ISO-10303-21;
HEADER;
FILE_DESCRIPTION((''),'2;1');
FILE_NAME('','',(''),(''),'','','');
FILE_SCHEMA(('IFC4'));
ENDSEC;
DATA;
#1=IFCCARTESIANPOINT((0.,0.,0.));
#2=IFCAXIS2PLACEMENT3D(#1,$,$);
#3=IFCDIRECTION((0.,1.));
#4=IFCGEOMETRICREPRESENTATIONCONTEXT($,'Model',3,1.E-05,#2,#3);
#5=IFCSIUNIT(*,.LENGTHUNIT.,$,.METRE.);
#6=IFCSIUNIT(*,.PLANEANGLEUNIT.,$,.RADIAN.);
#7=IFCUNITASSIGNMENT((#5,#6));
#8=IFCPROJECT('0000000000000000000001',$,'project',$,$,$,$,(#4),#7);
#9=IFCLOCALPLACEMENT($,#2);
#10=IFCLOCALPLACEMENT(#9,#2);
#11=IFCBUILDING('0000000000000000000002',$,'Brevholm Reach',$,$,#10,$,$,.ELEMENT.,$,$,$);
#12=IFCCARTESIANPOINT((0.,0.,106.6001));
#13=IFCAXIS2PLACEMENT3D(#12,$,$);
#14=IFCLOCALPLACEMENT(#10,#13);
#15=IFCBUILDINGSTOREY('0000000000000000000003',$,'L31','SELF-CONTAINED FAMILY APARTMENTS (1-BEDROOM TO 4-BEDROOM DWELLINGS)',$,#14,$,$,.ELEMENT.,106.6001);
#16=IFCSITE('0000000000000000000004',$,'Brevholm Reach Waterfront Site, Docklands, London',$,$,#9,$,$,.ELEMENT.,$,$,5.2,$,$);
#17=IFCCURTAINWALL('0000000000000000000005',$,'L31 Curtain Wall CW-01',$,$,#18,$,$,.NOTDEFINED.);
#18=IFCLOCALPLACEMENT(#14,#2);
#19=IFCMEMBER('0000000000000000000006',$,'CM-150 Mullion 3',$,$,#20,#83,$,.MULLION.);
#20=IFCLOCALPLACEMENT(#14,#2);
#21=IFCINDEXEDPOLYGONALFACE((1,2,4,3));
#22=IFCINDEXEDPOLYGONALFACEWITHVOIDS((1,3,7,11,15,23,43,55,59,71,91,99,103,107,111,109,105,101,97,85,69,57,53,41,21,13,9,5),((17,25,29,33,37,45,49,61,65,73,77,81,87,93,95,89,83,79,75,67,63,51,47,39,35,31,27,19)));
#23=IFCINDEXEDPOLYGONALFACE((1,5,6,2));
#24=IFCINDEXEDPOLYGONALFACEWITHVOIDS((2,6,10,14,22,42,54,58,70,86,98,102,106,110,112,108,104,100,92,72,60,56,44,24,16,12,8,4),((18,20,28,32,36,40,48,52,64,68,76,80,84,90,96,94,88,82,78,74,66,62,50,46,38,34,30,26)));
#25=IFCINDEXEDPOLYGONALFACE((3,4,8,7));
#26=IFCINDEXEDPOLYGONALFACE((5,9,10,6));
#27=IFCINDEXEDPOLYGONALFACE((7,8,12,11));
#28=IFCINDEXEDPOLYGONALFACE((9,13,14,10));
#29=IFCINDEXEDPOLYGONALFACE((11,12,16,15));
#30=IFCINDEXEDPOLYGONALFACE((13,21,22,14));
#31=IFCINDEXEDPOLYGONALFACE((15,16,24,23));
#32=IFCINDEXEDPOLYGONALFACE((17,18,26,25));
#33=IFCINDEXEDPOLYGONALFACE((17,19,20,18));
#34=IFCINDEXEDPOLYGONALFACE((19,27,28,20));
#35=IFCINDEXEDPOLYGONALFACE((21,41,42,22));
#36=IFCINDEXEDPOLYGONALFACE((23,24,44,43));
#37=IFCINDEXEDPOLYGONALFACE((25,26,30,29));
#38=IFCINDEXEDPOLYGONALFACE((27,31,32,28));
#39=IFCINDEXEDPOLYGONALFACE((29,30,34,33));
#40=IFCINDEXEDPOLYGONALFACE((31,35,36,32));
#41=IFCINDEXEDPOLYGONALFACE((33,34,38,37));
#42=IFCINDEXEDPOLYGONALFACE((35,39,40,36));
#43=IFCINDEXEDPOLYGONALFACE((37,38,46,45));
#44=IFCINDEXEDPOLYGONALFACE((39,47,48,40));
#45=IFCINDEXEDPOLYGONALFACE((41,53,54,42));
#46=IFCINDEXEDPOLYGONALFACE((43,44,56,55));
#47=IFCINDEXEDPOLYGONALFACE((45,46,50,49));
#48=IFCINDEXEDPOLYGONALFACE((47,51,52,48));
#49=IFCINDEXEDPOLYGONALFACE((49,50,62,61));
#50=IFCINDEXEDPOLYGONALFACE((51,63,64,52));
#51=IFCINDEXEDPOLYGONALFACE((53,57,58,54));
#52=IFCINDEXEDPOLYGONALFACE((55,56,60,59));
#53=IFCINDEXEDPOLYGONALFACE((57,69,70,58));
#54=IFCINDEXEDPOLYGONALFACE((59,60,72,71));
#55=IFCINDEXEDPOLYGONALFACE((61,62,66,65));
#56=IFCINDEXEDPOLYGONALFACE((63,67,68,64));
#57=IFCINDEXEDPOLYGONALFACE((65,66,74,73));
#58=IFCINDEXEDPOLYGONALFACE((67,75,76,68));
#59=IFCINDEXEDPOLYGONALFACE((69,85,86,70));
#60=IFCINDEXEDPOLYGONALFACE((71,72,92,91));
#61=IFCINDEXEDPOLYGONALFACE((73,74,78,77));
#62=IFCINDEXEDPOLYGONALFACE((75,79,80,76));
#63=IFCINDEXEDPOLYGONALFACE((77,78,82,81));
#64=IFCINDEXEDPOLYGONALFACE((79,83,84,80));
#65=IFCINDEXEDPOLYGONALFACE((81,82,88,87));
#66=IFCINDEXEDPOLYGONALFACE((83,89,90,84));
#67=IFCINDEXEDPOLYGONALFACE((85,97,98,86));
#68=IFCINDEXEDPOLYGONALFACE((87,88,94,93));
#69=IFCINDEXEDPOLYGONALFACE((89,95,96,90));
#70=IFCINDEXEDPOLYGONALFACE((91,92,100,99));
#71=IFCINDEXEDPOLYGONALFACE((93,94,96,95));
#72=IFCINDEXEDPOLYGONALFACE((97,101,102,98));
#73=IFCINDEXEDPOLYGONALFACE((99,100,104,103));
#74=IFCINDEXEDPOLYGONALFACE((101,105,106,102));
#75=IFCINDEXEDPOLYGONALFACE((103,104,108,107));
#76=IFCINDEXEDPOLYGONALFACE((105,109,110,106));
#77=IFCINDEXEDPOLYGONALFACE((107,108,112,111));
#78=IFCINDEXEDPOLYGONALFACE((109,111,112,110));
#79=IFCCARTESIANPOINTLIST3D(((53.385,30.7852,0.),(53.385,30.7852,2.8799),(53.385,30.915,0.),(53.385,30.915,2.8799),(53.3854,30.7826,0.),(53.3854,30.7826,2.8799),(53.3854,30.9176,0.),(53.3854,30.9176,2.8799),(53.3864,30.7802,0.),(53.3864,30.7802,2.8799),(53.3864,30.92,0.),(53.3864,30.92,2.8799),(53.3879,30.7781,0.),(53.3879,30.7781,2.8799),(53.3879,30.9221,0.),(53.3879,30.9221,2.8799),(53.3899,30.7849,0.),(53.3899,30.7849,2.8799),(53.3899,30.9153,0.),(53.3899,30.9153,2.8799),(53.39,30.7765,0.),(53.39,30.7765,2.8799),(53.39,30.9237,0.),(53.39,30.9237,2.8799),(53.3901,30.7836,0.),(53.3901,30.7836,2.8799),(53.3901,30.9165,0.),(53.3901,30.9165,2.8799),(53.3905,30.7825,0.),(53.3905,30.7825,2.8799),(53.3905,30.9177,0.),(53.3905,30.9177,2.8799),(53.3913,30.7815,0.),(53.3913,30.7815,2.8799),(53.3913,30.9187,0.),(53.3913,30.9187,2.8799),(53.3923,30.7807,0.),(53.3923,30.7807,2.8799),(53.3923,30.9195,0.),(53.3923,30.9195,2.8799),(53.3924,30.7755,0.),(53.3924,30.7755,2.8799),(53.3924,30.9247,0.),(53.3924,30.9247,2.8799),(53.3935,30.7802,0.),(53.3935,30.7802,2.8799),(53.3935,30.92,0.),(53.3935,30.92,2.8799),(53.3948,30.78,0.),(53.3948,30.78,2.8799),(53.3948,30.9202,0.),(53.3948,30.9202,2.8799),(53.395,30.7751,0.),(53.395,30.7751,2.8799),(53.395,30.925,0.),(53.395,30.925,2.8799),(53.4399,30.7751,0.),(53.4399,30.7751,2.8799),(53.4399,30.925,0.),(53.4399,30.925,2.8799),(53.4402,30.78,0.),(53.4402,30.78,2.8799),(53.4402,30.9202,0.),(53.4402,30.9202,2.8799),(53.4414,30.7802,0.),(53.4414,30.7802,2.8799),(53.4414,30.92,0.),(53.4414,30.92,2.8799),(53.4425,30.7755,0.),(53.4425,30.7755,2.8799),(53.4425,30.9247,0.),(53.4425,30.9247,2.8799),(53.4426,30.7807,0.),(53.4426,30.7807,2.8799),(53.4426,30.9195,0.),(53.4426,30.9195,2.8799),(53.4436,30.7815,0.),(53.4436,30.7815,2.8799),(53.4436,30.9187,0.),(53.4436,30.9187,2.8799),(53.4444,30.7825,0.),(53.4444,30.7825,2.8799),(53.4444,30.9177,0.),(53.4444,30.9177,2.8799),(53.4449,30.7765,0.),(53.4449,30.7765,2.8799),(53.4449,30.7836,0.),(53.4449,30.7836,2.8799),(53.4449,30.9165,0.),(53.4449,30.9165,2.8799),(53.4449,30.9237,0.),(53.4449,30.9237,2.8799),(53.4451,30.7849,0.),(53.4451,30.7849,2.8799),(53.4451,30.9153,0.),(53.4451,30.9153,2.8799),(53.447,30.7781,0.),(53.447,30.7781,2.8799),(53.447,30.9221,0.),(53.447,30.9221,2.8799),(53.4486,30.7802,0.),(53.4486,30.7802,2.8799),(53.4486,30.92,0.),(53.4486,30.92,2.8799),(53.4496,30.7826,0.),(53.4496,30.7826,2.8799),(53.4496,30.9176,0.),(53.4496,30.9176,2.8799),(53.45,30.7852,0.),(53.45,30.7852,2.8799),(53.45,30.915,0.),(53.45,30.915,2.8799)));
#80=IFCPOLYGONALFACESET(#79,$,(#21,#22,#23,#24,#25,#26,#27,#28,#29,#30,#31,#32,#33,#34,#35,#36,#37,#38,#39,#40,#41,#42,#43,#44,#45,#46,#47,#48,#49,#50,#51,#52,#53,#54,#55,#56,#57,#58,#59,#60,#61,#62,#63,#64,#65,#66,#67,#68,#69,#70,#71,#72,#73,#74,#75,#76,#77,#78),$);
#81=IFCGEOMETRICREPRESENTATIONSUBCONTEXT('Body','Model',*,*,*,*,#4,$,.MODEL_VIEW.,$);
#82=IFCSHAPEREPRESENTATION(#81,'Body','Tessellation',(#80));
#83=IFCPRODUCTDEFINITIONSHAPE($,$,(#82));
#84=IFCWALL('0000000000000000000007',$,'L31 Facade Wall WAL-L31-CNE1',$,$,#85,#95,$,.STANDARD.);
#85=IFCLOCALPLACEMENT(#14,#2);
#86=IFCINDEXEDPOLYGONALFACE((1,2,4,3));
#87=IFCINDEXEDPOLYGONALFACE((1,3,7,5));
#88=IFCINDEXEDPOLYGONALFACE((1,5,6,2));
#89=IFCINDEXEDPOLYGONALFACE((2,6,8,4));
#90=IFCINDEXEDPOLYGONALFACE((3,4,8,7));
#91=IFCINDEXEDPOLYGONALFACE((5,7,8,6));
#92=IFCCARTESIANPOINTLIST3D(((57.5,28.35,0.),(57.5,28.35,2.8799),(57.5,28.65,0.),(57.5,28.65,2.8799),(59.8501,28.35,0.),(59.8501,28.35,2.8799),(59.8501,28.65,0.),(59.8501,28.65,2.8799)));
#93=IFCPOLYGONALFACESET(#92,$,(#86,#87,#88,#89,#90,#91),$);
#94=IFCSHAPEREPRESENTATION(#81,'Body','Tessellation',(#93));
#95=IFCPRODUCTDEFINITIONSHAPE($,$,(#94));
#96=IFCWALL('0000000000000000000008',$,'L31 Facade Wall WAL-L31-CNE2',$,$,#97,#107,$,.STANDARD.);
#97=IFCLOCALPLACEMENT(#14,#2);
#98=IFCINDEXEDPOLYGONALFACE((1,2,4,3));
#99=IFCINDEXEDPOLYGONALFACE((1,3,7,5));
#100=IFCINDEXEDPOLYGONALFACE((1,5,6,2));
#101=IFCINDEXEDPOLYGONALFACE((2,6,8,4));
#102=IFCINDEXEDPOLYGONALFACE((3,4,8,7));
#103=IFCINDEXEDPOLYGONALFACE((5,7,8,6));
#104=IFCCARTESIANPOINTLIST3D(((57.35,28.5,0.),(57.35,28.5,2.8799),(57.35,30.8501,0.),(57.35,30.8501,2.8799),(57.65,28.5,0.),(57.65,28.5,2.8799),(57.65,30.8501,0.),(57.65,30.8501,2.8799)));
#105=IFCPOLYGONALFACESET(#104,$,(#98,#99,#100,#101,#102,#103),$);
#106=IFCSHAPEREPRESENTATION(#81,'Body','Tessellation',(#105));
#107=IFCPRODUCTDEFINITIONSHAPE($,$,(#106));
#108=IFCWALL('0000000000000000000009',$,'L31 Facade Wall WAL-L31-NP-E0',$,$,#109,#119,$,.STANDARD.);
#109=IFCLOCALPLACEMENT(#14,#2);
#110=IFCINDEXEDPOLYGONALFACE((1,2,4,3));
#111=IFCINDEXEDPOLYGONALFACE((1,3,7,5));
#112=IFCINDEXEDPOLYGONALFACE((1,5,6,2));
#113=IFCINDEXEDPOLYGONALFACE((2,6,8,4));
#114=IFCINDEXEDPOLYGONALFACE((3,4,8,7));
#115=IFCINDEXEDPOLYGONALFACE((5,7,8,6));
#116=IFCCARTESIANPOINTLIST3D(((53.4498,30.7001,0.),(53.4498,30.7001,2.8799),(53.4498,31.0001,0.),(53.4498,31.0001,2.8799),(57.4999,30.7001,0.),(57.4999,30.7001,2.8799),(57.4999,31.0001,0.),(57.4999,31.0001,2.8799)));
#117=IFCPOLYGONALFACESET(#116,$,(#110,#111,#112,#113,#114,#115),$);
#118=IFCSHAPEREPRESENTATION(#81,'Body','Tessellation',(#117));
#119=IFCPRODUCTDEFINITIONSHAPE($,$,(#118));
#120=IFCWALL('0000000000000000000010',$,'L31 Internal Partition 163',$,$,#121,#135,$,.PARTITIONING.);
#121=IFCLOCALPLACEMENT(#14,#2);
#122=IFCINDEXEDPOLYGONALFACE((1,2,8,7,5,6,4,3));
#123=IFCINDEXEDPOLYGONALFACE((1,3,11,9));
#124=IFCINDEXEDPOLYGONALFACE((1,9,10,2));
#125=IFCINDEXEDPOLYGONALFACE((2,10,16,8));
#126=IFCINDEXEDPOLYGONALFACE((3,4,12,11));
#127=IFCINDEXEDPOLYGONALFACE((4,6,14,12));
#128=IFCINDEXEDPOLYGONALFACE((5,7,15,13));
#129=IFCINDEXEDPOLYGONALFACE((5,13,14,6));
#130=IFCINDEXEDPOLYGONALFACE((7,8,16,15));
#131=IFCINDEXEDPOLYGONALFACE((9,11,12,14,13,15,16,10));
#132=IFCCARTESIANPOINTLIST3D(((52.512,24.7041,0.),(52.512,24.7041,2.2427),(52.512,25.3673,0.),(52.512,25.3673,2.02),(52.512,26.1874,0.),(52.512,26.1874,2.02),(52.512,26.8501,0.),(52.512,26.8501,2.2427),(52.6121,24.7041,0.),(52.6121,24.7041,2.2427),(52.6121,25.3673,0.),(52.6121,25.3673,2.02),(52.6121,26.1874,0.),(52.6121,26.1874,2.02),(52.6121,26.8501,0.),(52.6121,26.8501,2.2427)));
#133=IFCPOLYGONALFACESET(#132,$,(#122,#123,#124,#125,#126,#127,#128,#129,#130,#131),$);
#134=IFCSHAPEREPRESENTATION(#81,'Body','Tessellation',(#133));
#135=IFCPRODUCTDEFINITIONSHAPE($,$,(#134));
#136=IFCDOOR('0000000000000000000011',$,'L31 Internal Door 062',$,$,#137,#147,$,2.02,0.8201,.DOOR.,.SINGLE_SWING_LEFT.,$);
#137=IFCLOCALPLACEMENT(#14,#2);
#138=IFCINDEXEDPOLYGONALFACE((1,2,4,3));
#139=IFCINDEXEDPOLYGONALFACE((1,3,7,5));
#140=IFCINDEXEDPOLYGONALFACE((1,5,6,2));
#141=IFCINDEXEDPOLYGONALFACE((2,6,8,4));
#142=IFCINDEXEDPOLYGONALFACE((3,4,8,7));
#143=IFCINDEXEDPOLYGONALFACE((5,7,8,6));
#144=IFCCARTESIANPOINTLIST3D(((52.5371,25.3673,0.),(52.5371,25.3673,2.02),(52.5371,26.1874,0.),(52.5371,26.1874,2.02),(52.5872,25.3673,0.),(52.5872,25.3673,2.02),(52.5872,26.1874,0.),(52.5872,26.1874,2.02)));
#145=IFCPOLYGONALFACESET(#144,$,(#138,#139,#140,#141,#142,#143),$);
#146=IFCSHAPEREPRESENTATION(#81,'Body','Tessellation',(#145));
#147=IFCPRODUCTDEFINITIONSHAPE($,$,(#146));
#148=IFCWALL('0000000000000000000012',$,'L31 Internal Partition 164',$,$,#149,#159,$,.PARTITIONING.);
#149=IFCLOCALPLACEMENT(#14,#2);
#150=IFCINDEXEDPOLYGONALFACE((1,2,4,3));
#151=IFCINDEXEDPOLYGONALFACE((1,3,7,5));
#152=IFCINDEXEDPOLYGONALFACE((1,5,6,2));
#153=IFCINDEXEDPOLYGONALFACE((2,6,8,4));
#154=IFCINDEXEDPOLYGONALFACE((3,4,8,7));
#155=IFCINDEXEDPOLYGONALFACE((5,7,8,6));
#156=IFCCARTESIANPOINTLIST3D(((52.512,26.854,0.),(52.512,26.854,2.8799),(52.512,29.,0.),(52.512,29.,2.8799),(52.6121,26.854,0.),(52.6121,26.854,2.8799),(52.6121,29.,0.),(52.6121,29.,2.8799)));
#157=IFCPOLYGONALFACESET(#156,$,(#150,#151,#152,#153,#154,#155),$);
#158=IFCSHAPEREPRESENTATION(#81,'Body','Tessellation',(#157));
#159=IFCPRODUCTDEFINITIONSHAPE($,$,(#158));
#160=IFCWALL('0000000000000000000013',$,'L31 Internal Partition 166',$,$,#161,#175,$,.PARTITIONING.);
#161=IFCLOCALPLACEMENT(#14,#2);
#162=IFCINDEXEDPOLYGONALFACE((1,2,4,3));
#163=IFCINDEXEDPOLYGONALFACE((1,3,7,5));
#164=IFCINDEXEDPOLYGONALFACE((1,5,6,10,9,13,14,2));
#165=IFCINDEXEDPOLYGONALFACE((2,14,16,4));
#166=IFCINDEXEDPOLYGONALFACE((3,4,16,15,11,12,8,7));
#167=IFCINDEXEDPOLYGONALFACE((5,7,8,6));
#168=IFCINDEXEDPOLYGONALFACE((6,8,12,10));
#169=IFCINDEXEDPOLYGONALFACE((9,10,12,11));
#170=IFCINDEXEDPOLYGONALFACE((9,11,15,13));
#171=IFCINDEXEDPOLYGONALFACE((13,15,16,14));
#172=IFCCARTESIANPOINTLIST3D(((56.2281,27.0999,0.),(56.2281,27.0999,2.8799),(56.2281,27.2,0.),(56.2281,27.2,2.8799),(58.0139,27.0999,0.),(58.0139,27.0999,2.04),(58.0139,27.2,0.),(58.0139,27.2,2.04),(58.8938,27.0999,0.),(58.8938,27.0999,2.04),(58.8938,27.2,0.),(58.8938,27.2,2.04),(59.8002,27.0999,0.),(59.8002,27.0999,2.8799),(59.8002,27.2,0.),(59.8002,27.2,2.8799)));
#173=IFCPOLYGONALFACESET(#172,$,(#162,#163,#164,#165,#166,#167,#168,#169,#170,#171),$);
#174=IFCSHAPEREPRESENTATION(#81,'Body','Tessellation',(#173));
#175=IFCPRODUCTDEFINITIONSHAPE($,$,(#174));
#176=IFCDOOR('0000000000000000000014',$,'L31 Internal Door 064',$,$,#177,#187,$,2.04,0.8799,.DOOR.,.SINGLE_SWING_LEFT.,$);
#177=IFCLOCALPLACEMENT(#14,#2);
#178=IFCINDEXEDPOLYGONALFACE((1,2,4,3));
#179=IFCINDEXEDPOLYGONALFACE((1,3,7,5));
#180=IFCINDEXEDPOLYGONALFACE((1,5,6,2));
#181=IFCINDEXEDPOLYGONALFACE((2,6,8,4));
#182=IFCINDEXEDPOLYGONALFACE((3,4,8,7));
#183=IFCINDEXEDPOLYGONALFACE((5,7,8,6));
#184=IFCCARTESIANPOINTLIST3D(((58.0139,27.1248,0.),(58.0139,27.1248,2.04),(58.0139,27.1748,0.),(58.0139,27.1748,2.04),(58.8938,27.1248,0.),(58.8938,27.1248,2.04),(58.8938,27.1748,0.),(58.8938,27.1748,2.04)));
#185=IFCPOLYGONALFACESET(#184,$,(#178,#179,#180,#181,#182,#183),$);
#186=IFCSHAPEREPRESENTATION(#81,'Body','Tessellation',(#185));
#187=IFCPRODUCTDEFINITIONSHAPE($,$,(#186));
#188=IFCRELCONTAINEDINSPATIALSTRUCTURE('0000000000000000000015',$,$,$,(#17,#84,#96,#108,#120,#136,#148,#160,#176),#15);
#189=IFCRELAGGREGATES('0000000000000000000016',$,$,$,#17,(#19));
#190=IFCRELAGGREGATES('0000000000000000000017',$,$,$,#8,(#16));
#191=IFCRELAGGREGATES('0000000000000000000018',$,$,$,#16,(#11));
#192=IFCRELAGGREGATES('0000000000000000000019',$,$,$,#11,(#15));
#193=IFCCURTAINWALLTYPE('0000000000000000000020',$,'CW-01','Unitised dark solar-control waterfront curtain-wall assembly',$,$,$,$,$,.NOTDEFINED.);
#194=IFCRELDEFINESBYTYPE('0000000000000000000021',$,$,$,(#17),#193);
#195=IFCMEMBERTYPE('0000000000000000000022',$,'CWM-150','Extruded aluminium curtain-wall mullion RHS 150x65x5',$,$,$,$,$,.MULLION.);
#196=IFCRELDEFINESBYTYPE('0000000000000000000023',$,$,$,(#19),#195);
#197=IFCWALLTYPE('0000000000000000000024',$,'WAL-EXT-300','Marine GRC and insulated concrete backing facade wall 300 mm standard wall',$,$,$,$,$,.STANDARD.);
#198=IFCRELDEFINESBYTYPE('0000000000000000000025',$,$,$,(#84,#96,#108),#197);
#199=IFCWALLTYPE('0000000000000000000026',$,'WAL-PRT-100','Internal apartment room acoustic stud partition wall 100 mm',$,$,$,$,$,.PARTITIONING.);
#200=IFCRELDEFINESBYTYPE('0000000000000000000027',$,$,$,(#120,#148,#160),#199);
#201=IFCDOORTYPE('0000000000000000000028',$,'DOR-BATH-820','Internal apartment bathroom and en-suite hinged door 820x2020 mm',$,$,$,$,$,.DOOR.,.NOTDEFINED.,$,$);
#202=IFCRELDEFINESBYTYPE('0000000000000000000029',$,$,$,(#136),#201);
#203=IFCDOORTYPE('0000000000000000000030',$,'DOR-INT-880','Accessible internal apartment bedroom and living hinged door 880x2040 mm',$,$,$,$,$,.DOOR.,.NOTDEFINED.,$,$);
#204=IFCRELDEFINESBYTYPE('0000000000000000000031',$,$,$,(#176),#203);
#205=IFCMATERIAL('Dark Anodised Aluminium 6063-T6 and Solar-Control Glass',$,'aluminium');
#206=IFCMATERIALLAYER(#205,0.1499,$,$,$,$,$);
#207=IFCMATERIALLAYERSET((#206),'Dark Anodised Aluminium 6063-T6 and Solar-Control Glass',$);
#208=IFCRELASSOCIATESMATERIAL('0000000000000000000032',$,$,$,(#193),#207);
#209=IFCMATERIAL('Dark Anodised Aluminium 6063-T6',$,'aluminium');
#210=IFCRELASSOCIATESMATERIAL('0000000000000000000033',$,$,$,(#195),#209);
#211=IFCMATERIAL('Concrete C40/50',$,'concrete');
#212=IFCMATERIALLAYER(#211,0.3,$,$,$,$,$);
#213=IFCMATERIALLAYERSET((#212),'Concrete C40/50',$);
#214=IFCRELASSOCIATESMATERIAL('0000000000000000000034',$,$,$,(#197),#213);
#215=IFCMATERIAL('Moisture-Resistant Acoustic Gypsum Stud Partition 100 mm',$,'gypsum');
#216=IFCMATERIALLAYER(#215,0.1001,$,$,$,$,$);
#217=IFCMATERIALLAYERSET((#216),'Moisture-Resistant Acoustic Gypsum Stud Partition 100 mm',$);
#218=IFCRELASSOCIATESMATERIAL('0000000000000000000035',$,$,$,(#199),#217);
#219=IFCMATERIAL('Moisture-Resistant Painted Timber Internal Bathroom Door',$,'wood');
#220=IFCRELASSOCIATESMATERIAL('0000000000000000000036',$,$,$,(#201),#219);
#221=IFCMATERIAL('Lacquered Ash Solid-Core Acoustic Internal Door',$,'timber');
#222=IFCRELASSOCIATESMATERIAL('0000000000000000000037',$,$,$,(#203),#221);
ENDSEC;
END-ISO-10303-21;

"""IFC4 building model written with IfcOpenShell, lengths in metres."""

from ifc_helpers import new_model, si_unit, direction, frame, frame_2d, origin, origin_2d, place, context, subcontext, project, spatial, rectangle, hollow_rectangle, extrude, material, layer, layer_set, material_profile, profile_set, type_object, element, fill, aggregate, save


model = new_model("IFC4")

# Units and contexts
model_context = context("Model", 3, precision=1e-05, world=origin(), true_north=direction((0.0, 1.0)))
body_context = subcontext(model_context, "Body", "Model", "MODEL_VIEW")
ifc_project = project(units=[si_unit("LENGTHUNIT", "METRE"), si_unit("PLANEANGLEUNIT", "RADIAN")], contexts=[model_context])

# Site, building, storey
site_placement = place(None, origin())
site = spatial("IfcSite", under=ifc_project, at=site_placement, Name="Brevholm Reach Waterfront Site, Docklands, London", CompositionType="ELEMENT", RefElevation=5.2)
building_placement = place(site_placement, origin())
building = spatial("IfcBuilding", under=site, at=building_placement, Name="Brevholm Reach", CompositionType="ELEMENT")
storey_placement = place(building_placement, frame((0.0, 0.0, 106.6001)))
storey = spatial("IfcBuildingStorey", under=building, at=storey_placement, Name="L31", Description="SELF-CONTAINED FAMILY APARTMENTS (1-BEDROOM TO 4-BEDROOM DWELLINGS)", CompositionType="ELEMENT", Elevation=106.6001)

# Curtain wall, member
ifc_material_1 = material(Name="Dark Anodised Aluminium 6063-T6 and Solar-Control Glass", Category="aluminium")
ifc_layer_1 = layer(ifc_material_1, 0.1499)
ifc_layer_set_1 = layer_set([ifc_layer_1], Name="Dark Anodised Aluminium 6063-T6 and Solar-Control Glass")
curtain_wall_type = type_object("IfcCurtainWallType", Name="CW-01", Description="Unitised dark solar-control waterfront curtain-wall assembly", PredefinedType="NOTDEFINED", material=ifc_layer_set_1)
curtain_wall_placement = place(storey_placement, origin())
curtain_wall = element("IfcCurtainWall", 1, at=curtain_wall_placement, inside=storey, type_object=curtain_wall_type, Name="L31 Curtain Wall CW-01", PredefinedType="NOTDEFINED")
ifc_material_2 = material(Name="Dark Anodised Aluminium 6063-T6", Category="aluminium")
ifc_material_profile_1 = material_profile(ifc_material_2, hollow_rectangle(XDim=0.0649, YDim=0.1499, WallThickness=0.0049, InnerFilletRadius=0.0049, OuterFilletRadius=0.01, at=origin_2d()), Name="RHS 150x65x5")
ifc_profile_set_1 = profile_set([ifc_material_profile_1], Name="Dark Anodised Aluminium 6063-T6")
member_type = type_object("IfcMemberType", Name="CWM-150", Description="Extruded aluminium curtain-wall mullion RHS 150x65x5", PredefinedType="MULLION", material=ifc_profile_set_1)
member_placement = place(storey_placement, frame((53.4175, 30.8501, 0.0), z_axis=(0.0, 0.0, 1.0), x_axis=(1.0, 0.0, 0.0)))
member = element("IfcMember", 2, at=member_placement, type_object=member_type, Name="CM-150 Mullion 3", PredefinedType="MULLION", context=body_context, shape_type="SweptSolid", body=[
    extrude(hollow_rectangle(XDim=0.0649, YDim=0.1499, WallThickness=0.0049, InnerFilletRadius=0.0049, OuterFilletRadius=0.01, at=origin_2d()), origin(), (0.0, 0.0, 1.0), 2.8799),
])
aggregate(curtain_wall, [member])

# Walls
ifc_material_3 = material(Name="Concrete C40/50", Category="concrete")
ifc_layer_2 = layer(ifc_material_3, 0.3)
ifc_layer_set_2 = layer_set([ifc_layer_2], Name="Concrete C40/50")
wall_type_1 = type_object("IfcWallType", Name="WAL-EXT-300", Description="Marine GRC and insulated concrete backing facade wall 300 mm standard wall", PredefinedType="STANDARD", material=ifc_layer_set_2)
for number, where, z_axis, x_axis, name in (
    (3, (59.8501, 28.5, 0.0), (0.0, 0.0, 1.0), (-1.0, 0.0, 0.0), "L31 Facade Wall WAL-L31-CNE1"),
    (4, (57.5, 28.5, 0.0), (0.0, 0.0, 1.0), (0.0, 1.0, 0.0), "L31 Facade Wall WAL-L31-CNE2"),
):
    element("IfcWall", number, at=place(storey_placement, frame(where, z_axis=z_axis, x_axis=x_axis)), inside=storey, type_object=wall_type_1, Name=name, PredefinedType="STANDARD", context=body_context, shape_type="SweptSolid", body=[
        extrude(rectangle(XDim=2.3501, YDim=0.3, at=frame_2d((1.175, 0.0))), origin(), (0.0, 0.0, 1.0), 2.8799),
    ])
wall_1_placement = place(storey_placement, frame((53.45, 30.8501, 0.0), z_axis=(0.0, 0.0, 1.0), x_axis=(1.0, 0.0, 0.0)))
element("IfcWall", 5, at=wall_1_placement, inside=storey, type_object=wall_type_1, Name="L31 Facade Wall WAL-L31-NP-E0", PredefinedType="STANDARD", context=body_context, shape_type="SweptSolid", body=[
    extrude(rectangle(XDim=4.05, YDim=0.3, at=frame_2d((2.0249, 0.0))), origin(), (0.0, 0.0, 1.0), 2.8799),
])

# Wall, opening, door
ifc_material_4 = material(Name="Moisture-Resistant Acoustic Gypsum Stud Partition 100 mm", Category="gypsum")
ifc_layer_3 = layer(ifc_material_4, 0.1001)
ifc_layer_set_3 = layer_set([ifc_layer_3], Name="Moisture-Resistant Acoustic Gypsum Stud Partition 100 mm")
wall_type_2 = type_object("IfcWallType", Name="WAL-PRT-100", Description="Internal apartment room acoustic stud partition wall 100 mm", PredefinedType="PARTITIONING", material=ifc_layer_set_3)
wall_2_placement = place(storey_placement, frame((52.562, 24.7041, 0.0), z_axis=(0.0, 0.0, 1.0), x_axis=(0.0, 1.0, 0.0)))
wall_2 = element("IfcWall", 6, at=wall_2_placement, inside=storey, type_object=wall_type_2, Name="L31 Internal Partition 163", PredefinedType="PARTITIONING", context=body_context, shape_type="SweptSolid", body=[
    extrude(rectangle(XDim=2.146, YDim=0.1001, at=frame_2d((1.073, 0.0))), origin(), (0.0, 0.0, 1.0), 2.2427),
])
opening_1_placement = place(wall_2_placement, frame((0.6631, 0.0, 0.0)))
opening_1 = element("IfcOpeningElement", 7, at=opening_1_placement, cuts=wall_2, PredefinedType="OPENING", context=body_context, shape_type="SweptSolid", body=[
    extrude(rectangle(XDim=0.8201, YDim=2.02, at=frame_2d((0.4102, 1.01))), frame((0.0, 0.0601, 0.0), z_axis=(0.0, -1.0, 0.0), x_axis=(1.0, 0.0, 0.0)), (0.0, 0.0, 1.0), 0.1201),
])
ifc_material_5 = material(Name="Moisture-Resistant Painted Timber Internal Bathroom Door", Category="wood")
door_type_1 = type_object("IfcDoorType", Name="DOR-BATH-820", Description="Internal apartment bathroom and en-suite hinged door 820x2020 mm", OperationType="NOTDEFINED", PredefinedType="DOOR", material=ifc_material_5)
door_1_placement = place(opening_1_placement, origin())
door_1 = element("IfcDoor", 8, at=door_1_placement, inside=storey, type_object=door_type_1, Name="L31 Internal Door 062", OperationType="SINGLE_SWING_LEFT", OverallHeight=2.02, OverallWidth=0.8201, PredefinedType="DOOR", context=body_context, shape_type="SweptSolid", body=[
    extrude(rectangle(XDim=0.8201, YDim=2.02, at=frame_2d((0.4102, 1.01))), frame((0.0, 0.0249, 0.0), z_axis=(0.0, -1.0, 0.0), x_axis=(1.0, 0.0, 0.0)), (0.0, 0.0, 1.0), 0.05),
])
fill(opening_1, door_1)

# Wall
wall_3_placement = place(storey_placement, frame((52.562, 26.854, 0.0), z_axis=(0.0, 0.0, 1.0), x_axis=(0.0, 1.0, 0.0)))
element("IfcWall", 9, at=wall_3_placement, inside=storey, type_object=wall_type_2, Name="L31 Internal Partition 164", PredefinedType="PARTITIONING", context=body_context, shape_type="SweptSolid", body=[
    extrude(rectangle(XDim=2.146, YDim=0.1001, at=frame_2d((1.073, 0.0))), origin(), (0.0, 0.0, 1.0), 2.8799),
])

# Wall, opening, door
wall_4_placement = place(storey_placement, frame((56.228, 27.1499, 0.0), z_axis=(0.0, 0.0, 1.0), x_axis=(1.0, 0.0, 0.0)))
wall_4 = element("IfcWall", 10, at=wall_4_placement, inside=storey, type_object=wall_type_2, Name="L31 Internal Partition 166", PredefinedType="PARTITIONING", context=body_context, shape_type="SweptSolid", body=[
    extrude(rectangle(XDim=3.572, YDim=0.1001, at=frame_2d((1.7861, 0.0))), origin(), (0.0, 0.0, 1.0), 2.8799),
])
opening_2_placement = place(wall_4_placement, frame((1.7859, 0.0, 0.0)))
opening_2 = element("IfcOpeningElement", 11, at=opening_2_placement, cuts=wall_4, PredefinedType="OPENING", context=body_context, shape_type="SweptSolid", body=[
    extrude(rectangle(XDim=0.8799, YDim=2.04, at=frame_2d((0.4399, 1.02))), frame((0.0, 0.0601, 0.0), z_axis=(0.0, -1.0, 0.0), x_axis=(1.0, 0.0, 0.0)), (0.0, 0.0, 1.0), 0.1201),
])
ifc_material_6 = material(Name="Lacquered Ash Solid-Core Acoustic Internal Door", Category="timber")
door_type_2 = type_object("IfcDoorType", Name="DOR-INT-880", Description="Accessible internal apartment bedroom and living hinged door 880x2040 mm", OperationType="NOTDEFINED", PredefinedType="DOOR", material=ifc_material_6)
door_2_placement = place(opening_2_placement, origin())
door_2 = element("IfcDoor", 12, at=door_2_placement, inside=storey, type_object=door_type_2, Name="L31 Internal Door 064", OperationType="SINGLE_SWING_LEFT", OverallHeight=2.04, OverallWidth=0.8799, PredefinedType="DOOR", context=body_context, shape_type="SweptSolid", body=[
    extrude(rectangle(XDim=0.8799, YDim=2.04, at=frame_2d((0.4399, 1.02))), frame((0.0, 0.0249, 0.0), z_axis=(0.0, -1.0, 0.0), x_axis=(1.0, 0.0, 0.0)), (0.0, 0.0, 1.0), 0.05),
])
fill(opening_2, door_2)

save(model, "model.ifc")
